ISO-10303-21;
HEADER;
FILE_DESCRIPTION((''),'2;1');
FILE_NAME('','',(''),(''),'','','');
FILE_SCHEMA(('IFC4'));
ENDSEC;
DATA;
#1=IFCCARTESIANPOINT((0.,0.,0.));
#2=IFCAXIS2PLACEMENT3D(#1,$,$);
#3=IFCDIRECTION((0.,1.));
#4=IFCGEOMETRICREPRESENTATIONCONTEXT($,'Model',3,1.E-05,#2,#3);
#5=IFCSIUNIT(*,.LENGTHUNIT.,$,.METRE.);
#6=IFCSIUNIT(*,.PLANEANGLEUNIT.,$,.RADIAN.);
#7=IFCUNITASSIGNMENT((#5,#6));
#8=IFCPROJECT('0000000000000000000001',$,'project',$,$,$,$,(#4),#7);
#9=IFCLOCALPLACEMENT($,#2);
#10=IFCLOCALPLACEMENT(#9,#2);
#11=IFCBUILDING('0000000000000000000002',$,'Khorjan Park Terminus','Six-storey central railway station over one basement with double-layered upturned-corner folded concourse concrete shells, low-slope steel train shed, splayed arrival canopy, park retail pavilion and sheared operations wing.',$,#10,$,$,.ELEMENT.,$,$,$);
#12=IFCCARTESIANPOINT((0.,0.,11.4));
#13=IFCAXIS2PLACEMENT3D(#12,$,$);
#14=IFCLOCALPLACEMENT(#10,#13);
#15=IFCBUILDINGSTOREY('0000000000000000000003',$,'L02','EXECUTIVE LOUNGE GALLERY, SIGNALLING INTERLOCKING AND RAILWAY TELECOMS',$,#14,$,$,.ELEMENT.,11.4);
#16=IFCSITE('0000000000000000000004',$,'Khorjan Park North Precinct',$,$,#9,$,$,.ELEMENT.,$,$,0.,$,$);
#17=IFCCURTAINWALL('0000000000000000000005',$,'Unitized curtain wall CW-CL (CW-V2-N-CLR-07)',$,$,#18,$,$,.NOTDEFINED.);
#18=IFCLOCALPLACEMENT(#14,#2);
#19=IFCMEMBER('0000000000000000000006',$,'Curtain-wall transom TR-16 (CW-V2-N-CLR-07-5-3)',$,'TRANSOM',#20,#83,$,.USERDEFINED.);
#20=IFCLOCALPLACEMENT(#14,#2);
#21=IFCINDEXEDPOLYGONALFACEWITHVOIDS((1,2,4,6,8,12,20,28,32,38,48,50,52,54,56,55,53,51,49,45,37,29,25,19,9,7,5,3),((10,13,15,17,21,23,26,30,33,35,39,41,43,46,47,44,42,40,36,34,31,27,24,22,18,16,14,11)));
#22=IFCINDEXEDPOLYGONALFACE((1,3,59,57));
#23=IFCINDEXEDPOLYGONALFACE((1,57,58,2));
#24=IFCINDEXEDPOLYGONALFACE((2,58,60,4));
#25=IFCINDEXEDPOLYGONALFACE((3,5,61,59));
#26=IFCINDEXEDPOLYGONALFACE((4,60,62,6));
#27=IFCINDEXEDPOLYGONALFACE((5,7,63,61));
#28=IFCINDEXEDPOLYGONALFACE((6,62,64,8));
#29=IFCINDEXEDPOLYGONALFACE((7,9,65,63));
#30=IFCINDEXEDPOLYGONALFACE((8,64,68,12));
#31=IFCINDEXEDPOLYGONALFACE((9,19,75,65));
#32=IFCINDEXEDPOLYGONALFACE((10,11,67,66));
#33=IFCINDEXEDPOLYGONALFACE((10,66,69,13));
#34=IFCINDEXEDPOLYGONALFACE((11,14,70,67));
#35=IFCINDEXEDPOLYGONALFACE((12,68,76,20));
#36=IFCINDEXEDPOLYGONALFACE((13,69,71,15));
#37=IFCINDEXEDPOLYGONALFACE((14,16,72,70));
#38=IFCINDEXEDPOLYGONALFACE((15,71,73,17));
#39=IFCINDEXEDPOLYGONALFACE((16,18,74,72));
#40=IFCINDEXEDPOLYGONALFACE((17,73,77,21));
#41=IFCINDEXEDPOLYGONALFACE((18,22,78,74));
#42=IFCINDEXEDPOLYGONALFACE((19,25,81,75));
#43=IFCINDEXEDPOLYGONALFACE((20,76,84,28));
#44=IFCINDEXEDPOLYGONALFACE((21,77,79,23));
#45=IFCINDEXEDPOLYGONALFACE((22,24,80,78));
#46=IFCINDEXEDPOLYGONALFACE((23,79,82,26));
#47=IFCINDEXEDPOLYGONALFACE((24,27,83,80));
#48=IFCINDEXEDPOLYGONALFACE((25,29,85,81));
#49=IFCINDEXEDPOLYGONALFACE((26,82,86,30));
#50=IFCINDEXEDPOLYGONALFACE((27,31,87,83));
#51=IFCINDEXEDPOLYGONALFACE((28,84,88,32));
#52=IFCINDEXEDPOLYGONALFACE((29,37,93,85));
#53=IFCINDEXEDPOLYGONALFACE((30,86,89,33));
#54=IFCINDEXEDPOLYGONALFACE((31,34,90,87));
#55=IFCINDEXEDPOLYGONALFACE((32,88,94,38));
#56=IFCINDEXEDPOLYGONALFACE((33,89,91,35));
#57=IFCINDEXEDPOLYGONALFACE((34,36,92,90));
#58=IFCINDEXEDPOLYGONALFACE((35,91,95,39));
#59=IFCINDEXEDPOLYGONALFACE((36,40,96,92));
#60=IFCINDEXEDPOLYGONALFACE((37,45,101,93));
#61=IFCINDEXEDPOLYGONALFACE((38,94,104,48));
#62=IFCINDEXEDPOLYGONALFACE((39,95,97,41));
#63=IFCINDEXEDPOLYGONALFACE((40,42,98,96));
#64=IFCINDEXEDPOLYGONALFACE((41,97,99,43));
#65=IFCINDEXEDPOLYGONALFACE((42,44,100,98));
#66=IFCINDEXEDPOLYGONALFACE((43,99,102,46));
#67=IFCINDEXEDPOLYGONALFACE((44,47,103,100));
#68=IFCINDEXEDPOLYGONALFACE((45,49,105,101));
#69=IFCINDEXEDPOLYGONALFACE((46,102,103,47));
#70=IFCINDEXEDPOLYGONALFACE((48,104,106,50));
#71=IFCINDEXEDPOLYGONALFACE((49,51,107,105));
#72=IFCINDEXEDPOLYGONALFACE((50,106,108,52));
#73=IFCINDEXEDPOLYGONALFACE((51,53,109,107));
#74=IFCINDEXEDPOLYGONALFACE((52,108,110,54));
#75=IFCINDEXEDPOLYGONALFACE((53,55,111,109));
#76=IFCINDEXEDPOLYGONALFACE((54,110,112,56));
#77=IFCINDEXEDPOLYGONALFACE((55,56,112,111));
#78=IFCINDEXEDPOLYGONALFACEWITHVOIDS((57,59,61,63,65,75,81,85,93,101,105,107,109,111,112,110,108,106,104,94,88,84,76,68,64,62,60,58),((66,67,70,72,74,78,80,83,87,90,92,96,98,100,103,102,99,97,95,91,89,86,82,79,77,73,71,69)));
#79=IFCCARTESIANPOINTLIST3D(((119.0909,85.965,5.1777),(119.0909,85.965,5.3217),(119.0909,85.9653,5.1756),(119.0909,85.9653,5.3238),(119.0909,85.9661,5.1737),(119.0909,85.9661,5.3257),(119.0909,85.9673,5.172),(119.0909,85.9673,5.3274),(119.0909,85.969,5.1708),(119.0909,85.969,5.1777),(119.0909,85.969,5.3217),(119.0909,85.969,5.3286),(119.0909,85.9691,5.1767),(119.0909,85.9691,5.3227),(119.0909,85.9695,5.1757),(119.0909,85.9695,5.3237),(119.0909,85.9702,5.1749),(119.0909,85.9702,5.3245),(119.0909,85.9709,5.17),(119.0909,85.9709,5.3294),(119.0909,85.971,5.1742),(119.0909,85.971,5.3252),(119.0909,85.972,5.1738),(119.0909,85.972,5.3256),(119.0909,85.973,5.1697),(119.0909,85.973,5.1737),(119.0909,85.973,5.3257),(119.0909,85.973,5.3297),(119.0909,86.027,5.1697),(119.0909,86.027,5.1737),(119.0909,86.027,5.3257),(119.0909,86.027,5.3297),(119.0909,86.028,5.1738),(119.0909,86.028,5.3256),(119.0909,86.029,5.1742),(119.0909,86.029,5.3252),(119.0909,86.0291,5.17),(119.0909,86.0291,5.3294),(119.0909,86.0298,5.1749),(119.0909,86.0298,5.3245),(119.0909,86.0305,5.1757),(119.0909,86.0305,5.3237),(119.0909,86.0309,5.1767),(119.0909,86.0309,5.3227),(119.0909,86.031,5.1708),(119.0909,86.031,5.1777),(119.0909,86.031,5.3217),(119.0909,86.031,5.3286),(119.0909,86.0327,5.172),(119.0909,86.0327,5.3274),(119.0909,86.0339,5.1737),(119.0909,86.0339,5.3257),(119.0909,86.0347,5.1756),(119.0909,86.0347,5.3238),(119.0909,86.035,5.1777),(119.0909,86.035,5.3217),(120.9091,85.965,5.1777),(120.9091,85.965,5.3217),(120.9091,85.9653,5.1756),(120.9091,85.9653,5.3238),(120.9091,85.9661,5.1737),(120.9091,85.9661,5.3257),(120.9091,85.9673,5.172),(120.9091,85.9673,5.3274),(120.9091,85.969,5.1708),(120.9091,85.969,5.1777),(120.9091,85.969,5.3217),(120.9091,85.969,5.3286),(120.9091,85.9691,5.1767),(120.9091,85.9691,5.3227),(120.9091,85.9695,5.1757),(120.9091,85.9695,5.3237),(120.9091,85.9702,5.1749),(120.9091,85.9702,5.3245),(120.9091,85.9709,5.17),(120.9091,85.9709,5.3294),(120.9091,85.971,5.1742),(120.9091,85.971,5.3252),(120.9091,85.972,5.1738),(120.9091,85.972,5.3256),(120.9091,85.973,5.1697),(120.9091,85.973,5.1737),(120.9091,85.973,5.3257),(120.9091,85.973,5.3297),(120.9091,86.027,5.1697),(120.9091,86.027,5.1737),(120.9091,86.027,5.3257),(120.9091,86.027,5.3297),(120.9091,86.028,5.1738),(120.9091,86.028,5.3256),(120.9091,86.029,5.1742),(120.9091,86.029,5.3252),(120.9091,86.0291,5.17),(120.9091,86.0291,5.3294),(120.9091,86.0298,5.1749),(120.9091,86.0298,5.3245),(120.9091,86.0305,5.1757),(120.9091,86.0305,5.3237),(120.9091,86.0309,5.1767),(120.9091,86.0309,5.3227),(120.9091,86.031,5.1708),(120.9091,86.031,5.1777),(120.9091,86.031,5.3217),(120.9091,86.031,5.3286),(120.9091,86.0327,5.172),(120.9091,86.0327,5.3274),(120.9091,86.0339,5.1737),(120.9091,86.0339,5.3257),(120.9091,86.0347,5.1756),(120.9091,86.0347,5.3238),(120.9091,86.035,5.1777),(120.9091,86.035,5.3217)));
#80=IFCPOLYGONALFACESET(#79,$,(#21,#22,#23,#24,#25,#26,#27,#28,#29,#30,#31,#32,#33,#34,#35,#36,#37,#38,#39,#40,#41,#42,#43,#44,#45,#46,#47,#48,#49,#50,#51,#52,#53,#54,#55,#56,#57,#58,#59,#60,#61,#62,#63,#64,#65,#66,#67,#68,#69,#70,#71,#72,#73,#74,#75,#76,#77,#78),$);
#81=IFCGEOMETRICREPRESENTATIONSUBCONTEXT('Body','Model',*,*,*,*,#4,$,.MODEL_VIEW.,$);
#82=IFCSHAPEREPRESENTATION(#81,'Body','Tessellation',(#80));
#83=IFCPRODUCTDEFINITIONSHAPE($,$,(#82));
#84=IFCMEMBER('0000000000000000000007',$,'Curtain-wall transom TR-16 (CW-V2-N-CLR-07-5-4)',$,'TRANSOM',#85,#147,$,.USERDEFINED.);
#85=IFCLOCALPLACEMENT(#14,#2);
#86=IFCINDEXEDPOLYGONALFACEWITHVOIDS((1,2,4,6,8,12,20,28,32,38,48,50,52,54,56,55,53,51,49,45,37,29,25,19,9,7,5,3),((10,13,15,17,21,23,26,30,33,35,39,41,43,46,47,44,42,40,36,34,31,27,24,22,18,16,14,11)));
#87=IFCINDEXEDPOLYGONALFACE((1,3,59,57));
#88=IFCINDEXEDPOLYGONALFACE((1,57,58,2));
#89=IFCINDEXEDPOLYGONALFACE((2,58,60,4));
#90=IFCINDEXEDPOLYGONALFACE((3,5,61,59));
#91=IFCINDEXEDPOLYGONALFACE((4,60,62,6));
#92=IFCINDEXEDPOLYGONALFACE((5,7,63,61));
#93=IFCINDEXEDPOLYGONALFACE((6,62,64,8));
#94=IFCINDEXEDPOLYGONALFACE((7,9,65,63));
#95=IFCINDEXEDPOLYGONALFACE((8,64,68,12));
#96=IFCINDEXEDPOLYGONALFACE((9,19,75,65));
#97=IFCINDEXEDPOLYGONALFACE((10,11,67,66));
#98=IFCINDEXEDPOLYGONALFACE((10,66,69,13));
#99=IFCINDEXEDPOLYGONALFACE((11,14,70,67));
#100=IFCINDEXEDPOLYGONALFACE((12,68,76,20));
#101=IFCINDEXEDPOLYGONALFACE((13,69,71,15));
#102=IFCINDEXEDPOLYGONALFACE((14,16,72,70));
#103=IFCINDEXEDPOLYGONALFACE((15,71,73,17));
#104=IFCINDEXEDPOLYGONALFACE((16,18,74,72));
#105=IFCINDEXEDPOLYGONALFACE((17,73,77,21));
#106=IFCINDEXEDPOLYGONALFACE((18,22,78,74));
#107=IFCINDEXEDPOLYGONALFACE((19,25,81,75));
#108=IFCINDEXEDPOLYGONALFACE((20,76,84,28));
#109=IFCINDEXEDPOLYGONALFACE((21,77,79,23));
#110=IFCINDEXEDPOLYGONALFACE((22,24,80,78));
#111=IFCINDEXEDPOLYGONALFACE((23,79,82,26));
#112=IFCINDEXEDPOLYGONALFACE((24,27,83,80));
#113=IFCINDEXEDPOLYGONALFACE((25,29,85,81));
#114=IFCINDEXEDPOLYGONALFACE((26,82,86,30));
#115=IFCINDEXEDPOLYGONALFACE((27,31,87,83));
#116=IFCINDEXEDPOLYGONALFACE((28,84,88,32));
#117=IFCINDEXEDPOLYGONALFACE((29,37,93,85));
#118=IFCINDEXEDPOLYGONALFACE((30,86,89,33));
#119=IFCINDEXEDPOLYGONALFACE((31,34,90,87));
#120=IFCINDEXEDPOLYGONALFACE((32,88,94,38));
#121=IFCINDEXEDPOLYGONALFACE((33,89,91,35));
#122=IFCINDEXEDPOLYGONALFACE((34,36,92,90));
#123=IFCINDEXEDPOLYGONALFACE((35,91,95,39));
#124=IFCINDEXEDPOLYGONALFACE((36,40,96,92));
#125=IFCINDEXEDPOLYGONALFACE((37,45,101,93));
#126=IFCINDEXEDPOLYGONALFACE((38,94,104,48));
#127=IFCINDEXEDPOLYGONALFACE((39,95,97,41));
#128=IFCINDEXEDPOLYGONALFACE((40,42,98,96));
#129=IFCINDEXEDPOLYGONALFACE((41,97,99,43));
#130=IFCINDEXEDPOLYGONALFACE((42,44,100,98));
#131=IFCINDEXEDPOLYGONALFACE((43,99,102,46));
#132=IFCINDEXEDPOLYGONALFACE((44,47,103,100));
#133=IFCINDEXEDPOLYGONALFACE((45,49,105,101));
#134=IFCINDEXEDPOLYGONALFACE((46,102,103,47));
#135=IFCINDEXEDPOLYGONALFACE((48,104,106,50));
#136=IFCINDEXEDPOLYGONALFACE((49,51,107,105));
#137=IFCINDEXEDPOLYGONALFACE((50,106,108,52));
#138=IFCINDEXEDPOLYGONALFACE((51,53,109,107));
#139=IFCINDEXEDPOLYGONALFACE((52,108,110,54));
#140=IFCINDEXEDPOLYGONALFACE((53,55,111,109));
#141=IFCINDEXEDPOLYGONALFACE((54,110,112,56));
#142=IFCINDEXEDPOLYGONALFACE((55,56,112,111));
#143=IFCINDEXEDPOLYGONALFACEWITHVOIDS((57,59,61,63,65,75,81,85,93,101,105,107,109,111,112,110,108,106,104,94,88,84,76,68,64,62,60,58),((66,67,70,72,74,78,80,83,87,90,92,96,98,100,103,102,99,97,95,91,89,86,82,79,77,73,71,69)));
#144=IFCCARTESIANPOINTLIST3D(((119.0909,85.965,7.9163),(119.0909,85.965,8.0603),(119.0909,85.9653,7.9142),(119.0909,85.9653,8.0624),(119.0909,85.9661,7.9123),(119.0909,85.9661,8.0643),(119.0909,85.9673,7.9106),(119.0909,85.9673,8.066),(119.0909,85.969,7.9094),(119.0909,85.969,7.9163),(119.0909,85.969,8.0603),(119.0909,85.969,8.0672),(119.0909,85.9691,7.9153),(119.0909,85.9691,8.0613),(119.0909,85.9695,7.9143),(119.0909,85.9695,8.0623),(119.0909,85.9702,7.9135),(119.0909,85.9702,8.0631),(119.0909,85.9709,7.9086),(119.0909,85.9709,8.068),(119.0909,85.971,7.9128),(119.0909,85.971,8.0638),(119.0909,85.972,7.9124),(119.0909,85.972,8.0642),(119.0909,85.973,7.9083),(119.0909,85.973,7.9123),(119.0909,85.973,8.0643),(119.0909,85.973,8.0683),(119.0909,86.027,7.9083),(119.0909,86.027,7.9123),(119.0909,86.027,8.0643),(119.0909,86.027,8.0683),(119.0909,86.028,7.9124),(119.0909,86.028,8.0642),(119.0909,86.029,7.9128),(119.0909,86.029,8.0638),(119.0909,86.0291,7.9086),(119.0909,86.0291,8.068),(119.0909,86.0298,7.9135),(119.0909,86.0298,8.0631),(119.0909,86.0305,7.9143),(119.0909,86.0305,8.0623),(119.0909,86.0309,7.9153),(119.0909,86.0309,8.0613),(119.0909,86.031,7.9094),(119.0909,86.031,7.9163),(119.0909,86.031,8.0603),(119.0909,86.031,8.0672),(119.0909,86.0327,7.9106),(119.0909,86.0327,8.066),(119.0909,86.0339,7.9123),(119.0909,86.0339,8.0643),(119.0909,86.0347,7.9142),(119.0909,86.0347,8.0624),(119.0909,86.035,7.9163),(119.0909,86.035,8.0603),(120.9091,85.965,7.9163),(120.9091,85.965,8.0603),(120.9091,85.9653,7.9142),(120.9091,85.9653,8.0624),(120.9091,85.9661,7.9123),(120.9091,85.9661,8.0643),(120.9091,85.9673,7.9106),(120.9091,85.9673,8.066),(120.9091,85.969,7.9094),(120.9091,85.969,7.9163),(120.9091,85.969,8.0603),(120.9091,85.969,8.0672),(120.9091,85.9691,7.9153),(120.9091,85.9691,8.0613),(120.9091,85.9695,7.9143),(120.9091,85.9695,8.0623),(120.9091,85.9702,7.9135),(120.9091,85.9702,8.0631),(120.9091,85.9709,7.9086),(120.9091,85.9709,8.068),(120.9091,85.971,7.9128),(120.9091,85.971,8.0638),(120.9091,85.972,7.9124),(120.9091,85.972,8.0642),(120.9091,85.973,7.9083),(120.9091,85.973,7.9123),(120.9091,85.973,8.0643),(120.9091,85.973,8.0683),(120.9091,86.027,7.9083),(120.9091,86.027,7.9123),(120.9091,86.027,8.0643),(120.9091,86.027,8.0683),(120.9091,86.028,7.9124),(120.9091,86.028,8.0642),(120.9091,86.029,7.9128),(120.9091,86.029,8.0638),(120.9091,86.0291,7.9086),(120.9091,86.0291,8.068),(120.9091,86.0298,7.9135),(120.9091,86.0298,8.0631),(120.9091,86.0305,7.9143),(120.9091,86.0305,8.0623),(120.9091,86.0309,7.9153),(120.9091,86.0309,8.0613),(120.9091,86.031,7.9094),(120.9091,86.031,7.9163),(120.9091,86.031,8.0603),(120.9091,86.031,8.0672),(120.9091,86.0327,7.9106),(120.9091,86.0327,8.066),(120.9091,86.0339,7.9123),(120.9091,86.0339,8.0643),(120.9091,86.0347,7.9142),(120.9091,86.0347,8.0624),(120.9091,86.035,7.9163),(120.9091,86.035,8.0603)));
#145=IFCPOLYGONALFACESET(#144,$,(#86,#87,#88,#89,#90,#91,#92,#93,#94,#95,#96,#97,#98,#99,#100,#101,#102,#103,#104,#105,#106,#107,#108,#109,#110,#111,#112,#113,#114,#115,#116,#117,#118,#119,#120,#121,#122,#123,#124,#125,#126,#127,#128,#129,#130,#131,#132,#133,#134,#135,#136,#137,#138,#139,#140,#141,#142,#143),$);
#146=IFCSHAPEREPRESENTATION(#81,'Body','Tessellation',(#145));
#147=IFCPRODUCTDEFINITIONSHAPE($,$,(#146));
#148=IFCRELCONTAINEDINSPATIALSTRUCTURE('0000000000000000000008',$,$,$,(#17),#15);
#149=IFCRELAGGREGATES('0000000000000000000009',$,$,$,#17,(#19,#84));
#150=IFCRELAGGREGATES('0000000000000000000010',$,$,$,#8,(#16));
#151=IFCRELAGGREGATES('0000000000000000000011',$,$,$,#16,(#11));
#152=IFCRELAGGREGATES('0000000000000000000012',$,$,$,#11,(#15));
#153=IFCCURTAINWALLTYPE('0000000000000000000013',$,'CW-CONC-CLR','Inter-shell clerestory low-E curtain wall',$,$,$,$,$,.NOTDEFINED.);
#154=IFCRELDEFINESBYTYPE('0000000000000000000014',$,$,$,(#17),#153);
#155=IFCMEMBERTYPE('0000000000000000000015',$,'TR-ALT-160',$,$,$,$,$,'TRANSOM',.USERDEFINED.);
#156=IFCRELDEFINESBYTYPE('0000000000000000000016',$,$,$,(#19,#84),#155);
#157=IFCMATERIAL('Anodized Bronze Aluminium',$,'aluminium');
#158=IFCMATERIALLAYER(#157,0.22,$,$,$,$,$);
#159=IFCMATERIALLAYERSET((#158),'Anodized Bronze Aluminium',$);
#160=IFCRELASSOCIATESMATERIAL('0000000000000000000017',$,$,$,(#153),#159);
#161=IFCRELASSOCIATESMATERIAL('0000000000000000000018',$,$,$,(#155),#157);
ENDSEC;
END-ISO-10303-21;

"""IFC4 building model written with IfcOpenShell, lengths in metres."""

from ifc_helpers import new_model, si_unit, direction, frame, origin, origin_2d, place, context, subcontext, project, spatial, hollow_rectangle, extrude, material, layer, layer_set, material_profile, profile_set, type_object, element, aggregate, save


model = new_model("IFC4")

# Units and contexts
model_context = context("Model", 3, precision=1e-05, world=origin(), true_north=direction((0.0, 1.0)))
body_context = subcontext(model_context, "Body", "Model", "MODEL_VIEW")
ifc_project = project(units=[si_unit("LENGTHUNIT", "METRE"), si_unit("PLANEANGLEUNIT", "RADIAN")], contexts=[model_context])

# Site, building, storey
site_placement = place(None, origin())
site = spatial("IfcSite", under=ifc_project, at=site_placement, Name="Khorjan Park North Precinct", CompositionType="ELEMENT", RefElevation=0.0)
building_placement = place(site_placement, origin())
building = spatial("IfcBuilding", under=site, at=building_placement, Name="Khorjan Park Terminus", Description="Six-storey central railway station over one basement with double-layered upturned-corner folded concourse concrete shells, low-slope steel train shed, splayed arrival canopy, park retail pavilion and sheared operations wing.", CompositionType="ELEMENT")
storey_placement = place(building_placement, frame((0.0, 0.0, 11.4)))
storey = spatial("IfcBuildingStorey", under=building, at=storey_placement, Name="L02", Description="EXECUTIVE LOUNGE GALLERY, SIGNALLING INTERLOCKING AND RAILWAY TELECOMS", CompositionType="ELEMENT", Elevation=11.4)

# Shared definitions
ifc_material_1 = material(Name="Anodized Bronze Aluminium", Category="aluminium")
ifc_layer_1 = layer(ifc_material_1, 0.22)
ifc_layer_set_1 = layer_set([ifc_layer_1], Name="Anodized Bronze Aluminium")
curtain_wall_type = type_object("IfcCurtainWallType", Name="CW-CONC-CLR", Description="Inter-shell clerestory low-E curtain wall", PredefinedType="NOTDEFINED", material=ifc_layer_set_1)

# Curtain wall, members
curtain_wall_1_placement = place(storey_placement, origin())
curtain_wall_1 = element("IfcCurtainWall", 1, at=curtain_wall_1_placement, inside=storey, type_object=curtain_wall_type, Name="Unitized curtain wall CW-CL (CW-V2-N-CLR-07)", PredefinedType="NOTDEFINED")
ifc_material_profile_1 = material_profile(ifc_material_1, hollow_rectangle(XDim=0.07, YDim=0.16, WallThickness=0.004, InnerFilletRadius=0.004, OuterFilletRadius=0.008, at=origin_2d()), Name="ALT 70x160x4")
ifc_profile_set_1 = profile_set([ifc_material_profile_1], Name="Anodized Bronze Aluminium")
member_type_1 = type_object("IfcMemberType", Name="TR-ALT-160", ElementType="TRANSOM", PredefinedType="USERDEFINED", material=ifc_profile_set_1)
member_1_placement = place(storey_placement, frame((120.9091, 86.0, 5.2497), z_axis=(-1.0, 0.0, 0.0), x_axis=(0.0, -1.0, 0.0)))
member_1 = element("IfcMember", 2, at=member_1_placement, type_object=member_type_1, Name="Curtain-wall transom TR-16 (CW-V2-N-CLR-07-5-3)", ObjectType="TRANSOM", PredefinedType="USERDEFINED", context=body_context, shape_type="SweptSolid", body=[
    extrude(hollow_rectangle(XDim=0.07, YDim=0.16, WallThickness=0.004, InnerFilletRadius=0.004, OuterFilletRadius=0.008, at=origin_2d()), origin(), (0.0, 0.0, 1.0), 1.8182),
])
member_2_placement = place(storey_placement, frame((120.9091, 86.0, 7.9883), z_axis=(-1.0, 0.0, 0.0), x_axis=(0.0, -1.0, 0.0)))
member_2 = element("IfcMember", 3, at=member_2_placement, type_object=member_type_1, Name="Curtain-wall transom TR-16 (CW-V2-N-CLR-07-5-4)", ObjectType="TRANSOM", PredefinedType="USERDEFINED", context=body_context, shape_type="SweptSolid", body=[
    extrude(hollow_rectangle(XDim=0.07, YDim=0.16, WallThickness=0.004, InnerFilletRadius=0.004, OuterFilletRadius=0.008, at=origin_2d()), origin(), (0.0, 0.0, 1.0), 1.8182),
])

aggregate(curtain_wall_1, [member_1, member_2])

save(model, "model.ifc")
